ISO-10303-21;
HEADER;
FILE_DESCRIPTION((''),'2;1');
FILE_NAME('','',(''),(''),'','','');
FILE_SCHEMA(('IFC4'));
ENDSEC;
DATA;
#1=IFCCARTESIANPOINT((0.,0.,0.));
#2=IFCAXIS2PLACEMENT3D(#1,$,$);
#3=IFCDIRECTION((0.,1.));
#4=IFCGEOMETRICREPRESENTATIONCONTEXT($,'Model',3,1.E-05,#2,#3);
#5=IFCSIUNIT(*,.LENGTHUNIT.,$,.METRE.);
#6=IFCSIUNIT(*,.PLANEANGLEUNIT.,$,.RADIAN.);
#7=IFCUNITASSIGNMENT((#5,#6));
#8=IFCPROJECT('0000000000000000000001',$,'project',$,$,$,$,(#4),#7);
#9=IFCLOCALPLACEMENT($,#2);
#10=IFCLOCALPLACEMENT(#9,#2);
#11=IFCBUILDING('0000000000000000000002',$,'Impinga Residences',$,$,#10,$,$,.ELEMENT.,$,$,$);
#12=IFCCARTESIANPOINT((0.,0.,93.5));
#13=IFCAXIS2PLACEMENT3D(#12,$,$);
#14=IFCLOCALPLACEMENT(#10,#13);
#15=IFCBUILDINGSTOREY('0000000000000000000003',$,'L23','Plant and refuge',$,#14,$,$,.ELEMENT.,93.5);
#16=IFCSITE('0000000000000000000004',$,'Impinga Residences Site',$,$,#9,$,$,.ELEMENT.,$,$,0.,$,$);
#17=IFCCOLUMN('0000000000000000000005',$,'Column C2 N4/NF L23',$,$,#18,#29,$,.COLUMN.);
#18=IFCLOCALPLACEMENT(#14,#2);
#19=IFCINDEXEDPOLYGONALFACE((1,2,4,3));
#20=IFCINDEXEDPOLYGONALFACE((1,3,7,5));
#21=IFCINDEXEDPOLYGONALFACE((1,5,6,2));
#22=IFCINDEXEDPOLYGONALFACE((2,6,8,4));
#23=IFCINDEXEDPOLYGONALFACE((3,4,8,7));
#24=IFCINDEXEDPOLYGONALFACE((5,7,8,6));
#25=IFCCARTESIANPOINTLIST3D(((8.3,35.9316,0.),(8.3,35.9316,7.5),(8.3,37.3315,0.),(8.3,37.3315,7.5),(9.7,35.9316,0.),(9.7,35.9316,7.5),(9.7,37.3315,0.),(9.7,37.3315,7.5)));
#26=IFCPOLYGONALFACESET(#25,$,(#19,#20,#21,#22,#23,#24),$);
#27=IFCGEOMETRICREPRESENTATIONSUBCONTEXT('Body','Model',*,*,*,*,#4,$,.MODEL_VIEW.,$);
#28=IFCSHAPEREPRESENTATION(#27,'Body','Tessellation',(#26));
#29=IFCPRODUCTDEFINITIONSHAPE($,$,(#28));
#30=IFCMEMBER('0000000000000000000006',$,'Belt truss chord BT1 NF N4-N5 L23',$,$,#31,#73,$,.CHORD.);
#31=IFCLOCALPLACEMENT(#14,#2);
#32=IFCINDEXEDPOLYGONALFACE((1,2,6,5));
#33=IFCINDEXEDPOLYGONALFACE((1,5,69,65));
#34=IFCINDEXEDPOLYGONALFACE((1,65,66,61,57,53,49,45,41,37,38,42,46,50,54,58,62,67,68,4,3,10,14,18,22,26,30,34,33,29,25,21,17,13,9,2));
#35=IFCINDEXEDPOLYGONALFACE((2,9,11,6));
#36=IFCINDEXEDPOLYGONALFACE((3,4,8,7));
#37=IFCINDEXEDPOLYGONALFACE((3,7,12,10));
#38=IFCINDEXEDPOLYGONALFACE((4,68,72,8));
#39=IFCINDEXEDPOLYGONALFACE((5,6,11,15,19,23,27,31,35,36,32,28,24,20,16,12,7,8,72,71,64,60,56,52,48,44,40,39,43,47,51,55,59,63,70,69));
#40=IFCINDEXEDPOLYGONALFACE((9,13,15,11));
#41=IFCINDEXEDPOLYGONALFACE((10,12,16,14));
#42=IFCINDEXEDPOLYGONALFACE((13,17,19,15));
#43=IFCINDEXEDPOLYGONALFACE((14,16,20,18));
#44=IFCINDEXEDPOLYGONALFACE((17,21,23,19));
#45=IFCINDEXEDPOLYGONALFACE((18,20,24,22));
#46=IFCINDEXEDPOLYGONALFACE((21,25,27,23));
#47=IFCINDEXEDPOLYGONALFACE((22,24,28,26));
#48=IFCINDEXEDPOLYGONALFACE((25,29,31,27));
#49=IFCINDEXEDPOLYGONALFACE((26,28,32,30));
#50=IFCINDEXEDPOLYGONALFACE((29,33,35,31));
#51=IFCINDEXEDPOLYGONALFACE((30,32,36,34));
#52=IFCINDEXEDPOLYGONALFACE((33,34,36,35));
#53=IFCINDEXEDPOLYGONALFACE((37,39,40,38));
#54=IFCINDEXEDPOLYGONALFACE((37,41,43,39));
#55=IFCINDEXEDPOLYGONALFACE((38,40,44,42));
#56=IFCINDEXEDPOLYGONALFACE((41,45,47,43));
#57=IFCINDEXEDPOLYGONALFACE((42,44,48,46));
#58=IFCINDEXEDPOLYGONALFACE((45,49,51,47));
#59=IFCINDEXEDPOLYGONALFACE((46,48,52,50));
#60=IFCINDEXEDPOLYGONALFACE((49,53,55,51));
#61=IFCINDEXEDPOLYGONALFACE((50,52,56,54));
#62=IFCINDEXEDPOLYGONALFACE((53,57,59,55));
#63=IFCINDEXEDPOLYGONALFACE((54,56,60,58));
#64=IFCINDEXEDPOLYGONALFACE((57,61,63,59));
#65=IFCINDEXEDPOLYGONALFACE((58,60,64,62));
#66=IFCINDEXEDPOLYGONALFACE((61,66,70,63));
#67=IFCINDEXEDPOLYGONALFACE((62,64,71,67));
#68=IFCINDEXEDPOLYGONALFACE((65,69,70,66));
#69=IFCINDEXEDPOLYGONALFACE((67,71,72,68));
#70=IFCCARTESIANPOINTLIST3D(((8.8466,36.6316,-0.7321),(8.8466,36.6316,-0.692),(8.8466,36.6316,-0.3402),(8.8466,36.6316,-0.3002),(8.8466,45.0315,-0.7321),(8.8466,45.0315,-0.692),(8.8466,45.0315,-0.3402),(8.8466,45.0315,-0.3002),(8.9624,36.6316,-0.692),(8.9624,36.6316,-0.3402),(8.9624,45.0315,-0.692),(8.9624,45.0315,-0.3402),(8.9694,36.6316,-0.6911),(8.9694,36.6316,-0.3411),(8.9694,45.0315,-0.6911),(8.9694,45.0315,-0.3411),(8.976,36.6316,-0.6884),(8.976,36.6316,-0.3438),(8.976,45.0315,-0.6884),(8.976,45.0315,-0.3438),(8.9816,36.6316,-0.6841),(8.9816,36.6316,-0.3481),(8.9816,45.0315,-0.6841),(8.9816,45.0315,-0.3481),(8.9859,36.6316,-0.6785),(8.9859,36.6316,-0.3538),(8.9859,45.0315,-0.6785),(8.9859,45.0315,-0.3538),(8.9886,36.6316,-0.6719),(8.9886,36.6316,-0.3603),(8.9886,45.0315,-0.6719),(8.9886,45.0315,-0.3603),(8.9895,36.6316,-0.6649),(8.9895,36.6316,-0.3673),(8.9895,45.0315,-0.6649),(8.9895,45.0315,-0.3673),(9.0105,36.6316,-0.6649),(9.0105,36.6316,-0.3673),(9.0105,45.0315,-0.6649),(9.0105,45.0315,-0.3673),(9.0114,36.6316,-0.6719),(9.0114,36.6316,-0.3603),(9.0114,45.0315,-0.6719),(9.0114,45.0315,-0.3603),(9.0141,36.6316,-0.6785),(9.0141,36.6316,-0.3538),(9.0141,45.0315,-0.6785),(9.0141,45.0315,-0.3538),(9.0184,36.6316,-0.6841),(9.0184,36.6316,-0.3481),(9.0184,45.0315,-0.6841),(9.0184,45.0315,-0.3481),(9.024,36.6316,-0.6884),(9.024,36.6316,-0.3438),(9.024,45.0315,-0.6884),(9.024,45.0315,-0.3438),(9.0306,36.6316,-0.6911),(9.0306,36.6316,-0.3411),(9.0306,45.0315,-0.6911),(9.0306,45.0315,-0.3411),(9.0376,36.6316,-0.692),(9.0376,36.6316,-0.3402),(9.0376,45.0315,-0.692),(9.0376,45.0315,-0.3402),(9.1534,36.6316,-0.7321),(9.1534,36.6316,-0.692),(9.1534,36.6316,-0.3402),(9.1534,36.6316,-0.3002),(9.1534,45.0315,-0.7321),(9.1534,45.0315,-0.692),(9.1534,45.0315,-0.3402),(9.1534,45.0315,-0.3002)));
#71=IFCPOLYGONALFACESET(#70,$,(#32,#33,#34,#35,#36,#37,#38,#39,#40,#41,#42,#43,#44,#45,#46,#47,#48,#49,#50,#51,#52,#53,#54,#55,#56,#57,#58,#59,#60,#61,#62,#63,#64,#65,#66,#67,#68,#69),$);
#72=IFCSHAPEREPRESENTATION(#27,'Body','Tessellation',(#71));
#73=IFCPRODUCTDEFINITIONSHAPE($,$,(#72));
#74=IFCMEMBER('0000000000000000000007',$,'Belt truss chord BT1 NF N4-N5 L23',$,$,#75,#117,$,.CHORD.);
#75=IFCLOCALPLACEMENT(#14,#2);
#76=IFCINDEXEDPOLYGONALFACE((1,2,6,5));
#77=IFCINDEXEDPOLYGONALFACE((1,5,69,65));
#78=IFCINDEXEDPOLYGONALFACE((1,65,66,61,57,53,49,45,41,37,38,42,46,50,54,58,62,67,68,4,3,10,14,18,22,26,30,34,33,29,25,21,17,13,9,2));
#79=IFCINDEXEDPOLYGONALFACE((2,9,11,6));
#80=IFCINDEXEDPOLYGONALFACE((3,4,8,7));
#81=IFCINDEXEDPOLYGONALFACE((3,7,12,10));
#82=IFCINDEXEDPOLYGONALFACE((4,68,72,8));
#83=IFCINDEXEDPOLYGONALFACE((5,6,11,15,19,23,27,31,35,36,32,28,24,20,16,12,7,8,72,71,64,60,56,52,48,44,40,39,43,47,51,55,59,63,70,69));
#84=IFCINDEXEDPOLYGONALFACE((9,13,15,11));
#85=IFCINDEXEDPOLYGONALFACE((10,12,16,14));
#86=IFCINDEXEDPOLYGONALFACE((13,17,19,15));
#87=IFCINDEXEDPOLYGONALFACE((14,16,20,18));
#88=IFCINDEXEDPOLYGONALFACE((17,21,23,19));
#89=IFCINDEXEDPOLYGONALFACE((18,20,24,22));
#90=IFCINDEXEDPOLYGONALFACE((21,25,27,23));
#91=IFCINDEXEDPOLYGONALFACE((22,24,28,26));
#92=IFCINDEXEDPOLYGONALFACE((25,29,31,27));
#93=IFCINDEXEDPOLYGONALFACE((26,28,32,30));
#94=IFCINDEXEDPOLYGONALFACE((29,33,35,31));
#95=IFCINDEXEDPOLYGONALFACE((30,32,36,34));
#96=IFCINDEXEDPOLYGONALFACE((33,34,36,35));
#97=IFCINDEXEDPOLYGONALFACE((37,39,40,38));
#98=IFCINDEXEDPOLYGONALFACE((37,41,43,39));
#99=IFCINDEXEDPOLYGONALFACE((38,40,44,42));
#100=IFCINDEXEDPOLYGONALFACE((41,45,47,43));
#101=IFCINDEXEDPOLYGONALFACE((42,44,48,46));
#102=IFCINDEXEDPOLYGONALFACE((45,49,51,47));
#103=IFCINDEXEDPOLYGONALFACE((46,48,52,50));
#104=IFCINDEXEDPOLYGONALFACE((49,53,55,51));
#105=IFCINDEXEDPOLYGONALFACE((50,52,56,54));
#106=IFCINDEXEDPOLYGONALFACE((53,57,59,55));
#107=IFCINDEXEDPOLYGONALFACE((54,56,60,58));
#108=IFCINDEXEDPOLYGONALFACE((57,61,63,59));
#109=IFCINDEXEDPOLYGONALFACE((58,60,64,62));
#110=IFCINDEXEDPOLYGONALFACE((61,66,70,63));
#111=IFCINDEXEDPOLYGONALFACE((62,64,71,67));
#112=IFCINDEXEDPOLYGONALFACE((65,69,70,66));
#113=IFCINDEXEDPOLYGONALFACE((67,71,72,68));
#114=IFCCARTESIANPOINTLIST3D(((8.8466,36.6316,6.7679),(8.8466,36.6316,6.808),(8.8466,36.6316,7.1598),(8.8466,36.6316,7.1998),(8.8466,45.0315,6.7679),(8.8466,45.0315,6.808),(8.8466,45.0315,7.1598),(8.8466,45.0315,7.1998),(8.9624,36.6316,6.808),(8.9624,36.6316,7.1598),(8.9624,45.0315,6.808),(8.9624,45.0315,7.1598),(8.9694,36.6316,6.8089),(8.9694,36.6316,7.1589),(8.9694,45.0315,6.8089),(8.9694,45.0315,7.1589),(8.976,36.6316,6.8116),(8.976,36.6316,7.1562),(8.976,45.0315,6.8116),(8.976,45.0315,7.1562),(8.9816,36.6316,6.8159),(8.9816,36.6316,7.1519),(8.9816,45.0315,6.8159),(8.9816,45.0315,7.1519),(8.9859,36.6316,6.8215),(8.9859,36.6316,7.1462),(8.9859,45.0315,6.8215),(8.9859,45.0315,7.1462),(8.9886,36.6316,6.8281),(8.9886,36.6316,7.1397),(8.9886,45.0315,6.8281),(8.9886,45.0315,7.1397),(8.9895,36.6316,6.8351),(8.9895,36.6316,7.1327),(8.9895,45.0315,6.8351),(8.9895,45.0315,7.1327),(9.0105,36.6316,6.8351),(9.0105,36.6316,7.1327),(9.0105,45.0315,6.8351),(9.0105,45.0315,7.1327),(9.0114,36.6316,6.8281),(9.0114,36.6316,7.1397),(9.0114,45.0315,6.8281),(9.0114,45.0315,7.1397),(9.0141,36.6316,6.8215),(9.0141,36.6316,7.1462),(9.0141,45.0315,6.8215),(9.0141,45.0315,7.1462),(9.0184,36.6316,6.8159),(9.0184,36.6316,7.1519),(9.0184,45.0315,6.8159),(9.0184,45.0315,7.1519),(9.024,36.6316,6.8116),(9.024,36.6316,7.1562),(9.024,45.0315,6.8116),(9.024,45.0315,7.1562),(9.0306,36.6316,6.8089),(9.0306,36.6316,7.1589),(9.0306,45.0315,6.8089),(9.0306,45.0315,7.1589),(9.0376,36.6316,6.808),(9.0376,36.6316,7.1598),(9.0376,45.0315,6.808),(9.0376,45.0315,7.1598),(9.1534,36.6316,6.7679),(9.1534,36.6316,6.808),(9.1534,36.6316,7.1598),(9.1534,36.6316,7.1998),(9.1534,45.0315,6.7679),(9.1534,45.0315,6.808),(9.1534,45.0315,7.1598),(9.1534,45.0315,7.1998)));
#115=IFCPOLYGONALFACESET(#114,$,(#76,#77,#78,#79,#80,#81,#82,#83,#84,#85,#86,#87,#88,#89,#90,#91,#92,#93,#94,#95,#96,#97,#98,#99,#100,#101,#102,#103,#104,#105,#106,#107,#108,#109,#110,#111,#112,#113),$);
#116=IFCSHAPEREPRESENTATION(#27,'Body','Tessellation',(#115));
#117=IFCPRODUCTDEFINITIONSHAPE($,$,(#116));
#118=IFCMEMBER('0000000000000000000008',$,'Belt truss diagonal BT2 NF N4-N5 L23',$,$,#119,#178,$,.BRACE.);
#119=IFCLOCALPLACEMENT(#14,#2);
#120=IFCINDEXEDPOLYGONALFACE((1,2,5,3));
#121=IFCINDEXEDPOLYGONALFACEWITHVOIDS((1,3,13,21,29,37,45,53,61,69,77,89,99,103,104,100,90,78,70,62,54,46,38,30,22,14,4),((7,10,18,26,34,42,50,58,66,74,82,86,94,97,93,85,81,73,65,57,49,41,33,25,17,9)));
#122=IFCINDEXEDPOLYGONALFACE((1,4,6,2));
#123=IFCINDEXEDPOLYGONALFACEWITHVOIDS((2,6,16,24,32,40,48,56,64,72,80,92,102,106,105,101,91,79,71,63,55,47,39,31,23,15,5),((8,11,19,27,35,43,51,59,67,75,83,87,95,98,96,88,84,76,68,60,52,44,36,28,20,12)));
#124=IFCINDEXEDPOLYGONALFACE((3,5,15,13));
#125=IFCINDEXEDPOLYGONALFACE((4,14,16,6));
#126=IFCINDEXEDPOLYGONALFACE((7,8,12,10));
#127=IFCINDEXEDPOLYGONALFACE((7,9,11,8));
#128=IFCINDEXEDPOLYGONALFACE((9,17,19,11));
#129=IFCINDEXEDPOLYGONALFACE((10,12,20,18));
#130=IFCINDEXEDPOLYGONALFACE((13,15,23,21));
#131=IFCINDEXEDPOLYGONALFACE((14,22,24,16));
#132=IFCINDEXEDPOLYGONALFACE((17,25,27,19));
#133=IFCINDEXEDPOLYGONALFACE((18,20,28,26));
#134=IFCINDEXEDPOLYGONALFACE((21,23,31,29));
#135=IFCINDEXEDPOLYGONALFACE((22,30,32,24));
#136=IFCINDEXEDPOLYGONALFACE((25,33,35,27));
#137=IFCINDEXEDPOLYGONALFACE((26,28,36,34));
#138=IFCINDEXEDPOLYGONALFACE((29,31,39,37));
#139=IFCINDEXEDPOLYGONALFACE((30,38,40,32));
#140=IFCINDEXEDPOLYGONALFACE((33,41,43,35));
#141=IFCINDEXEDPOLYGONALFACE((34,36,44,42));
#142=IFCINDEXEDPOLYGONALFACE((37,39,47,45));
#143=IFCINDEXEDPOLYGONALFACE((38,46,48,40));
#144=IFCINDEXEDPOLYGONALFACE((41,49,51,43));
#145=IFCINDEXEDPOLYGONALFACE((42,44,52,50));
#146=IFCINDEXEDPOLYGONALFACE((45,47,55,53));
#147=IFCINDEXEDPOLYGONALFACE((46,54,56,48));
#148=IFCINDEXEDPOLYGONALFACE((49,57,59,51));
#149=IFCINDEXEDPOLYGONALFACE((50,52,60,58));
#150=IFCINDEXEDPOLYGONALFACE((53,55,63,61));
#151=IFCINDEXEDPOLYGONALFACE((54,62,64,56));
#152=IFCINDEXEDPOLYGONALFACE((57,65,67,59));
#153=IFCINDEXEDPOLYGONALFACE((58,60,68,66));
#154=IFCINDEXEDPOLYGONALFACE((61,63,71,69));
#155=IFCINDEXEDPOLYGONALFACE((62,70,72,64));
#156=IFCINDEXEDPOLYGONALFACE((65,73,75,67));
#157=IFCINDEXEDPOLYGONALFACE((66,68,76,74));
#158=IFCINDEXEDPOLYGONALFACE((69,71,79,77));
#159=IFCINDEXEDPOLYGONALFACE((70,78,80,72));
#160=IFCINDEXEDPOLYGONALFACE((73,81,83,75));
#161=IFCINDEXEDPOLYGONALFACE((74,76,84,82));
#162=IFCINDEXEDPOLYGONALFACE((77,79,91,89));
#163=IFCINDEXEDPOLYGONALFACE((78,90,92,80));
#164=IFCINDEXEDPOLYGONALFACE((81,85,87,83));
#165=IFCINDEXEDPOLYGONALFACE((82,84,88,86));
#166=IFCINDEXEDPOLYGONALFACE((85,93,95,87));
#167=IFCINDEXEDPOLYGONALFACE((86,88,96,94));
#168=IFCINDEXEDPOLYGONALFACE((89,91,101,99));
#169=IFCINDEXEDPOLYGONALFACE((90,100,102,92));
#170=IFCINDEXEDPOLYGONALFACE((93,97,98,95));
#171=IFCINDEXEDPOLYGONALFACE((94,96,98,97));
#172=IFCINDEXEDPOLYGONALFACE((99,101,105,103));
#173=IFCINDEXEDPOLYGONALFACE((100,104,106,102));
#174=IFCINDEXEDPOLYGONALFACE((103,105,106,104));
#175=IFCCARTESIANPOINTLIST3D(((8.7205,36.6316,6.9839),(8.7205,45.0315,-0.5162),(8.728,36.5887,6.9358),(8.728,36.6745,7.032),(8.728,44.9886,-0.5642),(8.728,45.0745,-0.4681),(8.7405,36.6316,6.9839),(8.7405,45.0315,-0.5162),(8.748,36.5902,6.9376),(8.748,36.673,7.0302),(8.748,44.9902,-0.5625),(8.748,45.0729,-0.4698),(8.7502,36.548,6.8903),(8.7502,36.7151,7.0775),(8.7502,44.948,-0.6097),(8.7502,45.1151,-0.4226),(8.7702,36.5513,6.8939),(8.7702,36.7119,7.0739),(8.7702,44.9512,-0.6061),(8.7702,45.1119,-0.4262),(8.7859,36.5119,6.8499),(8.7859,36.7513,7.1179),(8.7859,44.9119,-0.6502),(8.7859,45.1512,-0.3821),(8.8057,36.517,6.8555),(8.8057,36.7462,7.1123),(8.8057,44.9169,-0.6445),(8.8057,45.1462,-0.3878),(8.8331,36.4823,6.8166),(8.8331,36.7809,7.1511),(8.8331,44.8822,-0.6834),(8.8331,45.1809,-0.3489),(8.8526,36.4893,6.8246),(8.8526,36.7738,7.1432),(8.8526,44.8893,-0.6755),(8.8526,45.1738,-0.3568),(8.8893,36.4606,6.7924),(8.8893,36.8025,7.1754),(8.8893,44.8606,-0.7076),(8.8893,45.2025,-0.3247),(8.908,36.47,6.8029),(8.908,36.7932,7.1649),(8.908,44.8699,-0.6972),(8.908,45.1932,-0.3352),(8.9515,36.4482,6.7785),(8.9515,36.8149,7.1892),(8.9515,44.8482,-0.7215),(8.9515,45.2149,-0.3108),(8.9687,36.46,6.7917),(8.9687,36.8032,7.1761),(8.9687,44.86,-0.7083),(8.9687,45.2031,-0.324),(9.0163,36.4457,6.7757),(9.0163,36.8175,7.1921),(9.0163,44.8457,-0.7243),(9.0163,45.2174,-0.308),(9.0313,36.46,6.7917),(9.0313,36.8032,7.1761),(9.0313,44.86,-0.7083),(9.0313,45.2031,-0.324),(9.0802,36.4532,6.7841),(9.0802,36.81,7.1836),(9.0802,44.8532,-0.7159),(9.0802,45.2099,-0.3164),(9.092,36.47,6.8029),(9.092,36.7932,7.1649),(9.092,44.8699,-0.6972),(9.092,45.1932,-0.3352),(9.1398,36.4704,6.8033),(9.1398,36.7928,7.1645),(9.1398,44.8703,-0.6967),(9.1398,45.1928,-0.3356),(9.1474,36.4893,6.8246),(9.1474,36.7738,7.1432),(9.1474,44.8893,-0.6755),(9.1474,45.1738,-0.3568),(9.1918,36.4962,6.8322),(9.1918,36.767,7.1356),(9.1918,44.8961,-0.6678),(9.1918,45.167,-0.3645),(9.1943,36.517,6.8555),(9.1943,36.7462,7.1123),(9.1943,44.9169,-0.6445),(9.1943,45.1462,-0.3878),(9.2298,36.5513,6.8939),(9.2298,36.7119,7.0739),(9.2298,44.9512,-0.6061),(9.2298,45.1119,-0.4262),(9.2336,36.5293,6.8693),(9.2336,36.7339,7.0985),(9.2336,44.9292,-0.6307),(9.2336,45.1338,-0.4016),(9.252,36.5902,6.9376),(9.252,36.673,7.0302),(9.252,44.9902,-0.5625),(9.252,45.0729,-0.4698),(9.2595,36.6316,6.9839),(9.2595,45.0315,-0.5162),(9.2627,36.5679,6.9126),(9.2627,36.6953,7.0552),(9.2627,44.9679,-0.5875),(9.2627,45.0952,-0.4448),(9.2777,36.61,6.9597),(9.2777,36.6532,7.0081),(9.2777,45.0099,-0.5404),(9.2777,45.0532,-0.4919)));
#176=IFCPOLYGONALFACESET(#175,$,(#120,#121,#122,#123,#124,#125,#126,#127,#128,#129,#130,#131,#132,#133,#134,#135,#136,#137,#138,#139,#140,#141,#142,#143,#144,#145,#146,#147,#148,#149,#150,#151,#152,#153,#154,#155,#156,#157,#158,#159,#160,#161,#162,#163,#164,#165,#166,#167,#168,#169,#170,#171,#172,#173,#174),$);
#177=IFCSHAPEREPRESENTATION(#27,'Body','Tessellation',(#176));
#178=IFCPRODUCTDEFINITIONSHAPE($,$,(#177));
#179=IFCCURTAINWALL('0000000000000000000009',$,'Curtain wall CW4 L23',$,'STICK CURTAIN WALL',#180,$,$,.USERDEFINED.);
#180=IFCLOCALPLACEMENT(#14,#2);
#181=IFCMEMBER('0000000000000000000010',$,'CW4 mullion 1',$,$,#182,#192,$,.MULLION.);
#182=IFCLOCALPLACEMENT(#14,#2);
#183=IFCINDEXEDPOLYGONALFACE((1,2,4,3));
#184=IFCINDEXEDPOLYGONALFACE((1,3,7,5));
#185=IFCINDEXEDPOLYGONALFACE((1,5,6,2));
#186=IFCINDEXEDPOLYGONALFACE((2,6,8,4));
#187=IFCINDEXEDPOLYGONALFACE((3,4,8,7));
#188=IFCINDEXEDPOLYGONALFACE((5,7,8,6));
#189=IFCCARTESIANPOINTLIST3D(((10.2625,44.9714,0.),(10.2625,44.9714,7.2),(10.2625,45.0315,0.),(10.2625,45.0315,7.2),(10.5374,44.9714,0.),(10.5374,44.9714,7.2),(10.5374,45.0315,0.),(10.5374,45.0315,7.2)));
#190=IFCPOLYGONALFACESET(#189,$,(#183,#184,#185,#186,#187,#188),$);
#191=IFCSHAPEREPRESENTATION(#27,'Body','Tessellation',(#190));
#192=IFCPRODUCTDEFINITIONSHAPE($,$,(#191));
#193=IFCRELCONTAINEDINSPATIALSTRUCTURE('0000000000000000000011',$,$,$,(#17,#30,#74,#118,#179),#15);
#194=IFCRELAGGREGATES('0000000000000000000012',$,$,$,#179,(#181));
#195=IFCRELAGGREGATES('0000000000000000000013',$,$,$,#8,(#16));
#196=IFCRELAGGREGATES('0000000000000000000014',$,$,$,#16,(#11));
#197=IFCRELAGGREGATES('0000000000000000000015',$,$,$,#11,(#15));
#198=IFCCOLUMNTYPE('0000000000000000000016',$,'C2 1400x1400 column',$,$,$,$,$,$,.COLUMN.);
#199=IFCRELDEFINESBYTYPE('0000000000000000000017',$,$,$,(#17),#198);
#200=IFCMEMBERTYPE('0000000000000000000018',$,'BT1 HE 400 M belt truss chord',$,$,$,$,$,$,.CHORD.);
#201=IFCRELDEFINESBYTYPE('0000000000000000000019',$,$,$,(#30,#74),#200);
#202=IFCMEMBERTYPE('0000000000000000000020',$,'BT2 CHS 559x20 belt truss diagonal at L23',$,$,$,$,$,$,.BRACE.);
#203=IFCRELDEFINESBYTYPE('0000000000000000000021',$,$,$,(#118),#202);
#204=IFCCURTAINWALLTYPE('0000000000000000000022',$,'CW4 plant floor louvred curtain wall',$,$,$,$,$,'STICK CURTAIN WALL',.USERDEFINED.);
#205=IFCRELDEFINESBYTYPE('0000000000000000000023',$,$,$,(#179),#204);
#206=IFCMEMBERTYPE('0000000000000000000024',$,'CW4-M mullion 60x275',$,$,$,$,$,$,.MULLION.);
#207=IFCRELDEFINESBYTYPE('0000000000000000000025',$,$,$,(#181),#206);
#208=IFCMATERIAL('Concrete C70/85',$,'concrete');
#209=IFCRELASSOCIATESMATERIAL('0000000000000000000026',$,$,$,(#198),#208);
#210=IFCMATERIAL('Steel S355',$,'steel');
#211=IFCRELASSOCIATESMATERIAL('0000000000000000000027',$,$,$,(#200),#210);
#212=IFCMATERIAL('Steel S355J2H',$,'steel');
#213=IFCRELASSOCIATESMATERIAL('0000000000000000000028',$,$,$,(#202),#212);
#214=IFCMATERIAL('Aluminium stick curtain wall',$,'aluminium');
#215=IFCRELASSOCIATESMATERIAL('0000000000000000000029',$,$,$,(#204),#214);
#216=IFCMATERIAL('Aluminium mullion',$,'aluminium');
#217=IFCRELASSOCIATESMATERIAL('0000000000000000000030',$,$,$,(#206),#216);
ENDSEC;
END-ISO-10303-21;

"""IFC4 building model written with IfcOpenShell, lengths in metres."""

from ifc_helpers import new_model, si_unit, direction, frame, origin, origin_2d, place, context, subcontext, project, spatial, rectangle, hollow_circle, i_section, extrude, material, material_profile, profile_set, type_object, element, aggregate, save


model = new_model("IFC4")

# Units and contexts
model_context = context("Model", 3, precision=1e-05, world=origin(), true_north=direction((0.0, 1.0)))
body_context = subcontext(model_context, "Body", "Model", "MODEL_VIEW")
ifc_project = project(units=[si_unit("LENGTHUNIT", "METRE"), si_unit("PLANEANGLEUNIT", "RADIAN")], contexts=[model_context])

# Site, building, storey
site_placement = place(None, origin())
site = spatial("IfcSite", under=ifc_project, at=site_placement, Name="Impinga Residences Site", CompositionType="ELEMENT", RefElevation=0.0)
building_placement = place(site_placement, origin())
building = spatial("IfcBuilding", under=site, at=building_placement, Name="Impinga Residences", CompositionType="ELEMENT")
storey_placement = place(building_placement, frame((0.0, 0.0, 93.5)))
storey = spatial("IfcBuildingStorey", under=building, at=storey_placement, Name="L23", Description="Plant and refuge", CompositionType="ELEMENT", Elevation=93.5)

# Column
ifc_material_1 = material(Name="Concrete C70/85", Category="concrete")
ifc_material_profile_1 = material_profile(ifc_material_1, rectangle(XDim=1.3999, YDim=1.3999, at=origin_2d()), Name="RC 1400x1400")
ifc_profile_set_1 = profile_set([ifc_material_profile_1], Name="Concrete C70/85")
column_type = type_object("IfcColumnType", Name="C2 1400x1400 column", PredefinedType="COLUMN", material=ifc_profile_set_1)
column_placement = place(storey_placement, frame((9.0, 36.6316, 0.0), z_axis=(0.0, 0.0, 1.0), x_axis=(1.0, 0.0, 0.0)))
element("IfcColumn", 1, at=column_placement, inside=storey, type_object=column_type, Name="Column C2 N4/NF L23", PredefinedType="COLUMN", context=body_context, shape_type="SweptSolid", body=[
    extrude(rectangle(XDim=1.3999, YDim=1.3999, at=origin_2d()), origin(), (0.0, 0.0, 1.0), 7.5),
])

# Members
ifc_material_2 = material(Name="Steel S355", Category="steel")
ifc_material_profile_2 = material_profile(ifc_material_2, i_section(OverallWidth=0.3069, OverallDepth=0.4319, WebThickness=0.021, FlangeThickness=0.04, FilletRadius=0.0271, at=origin_2d()), Name="HE 400 M")
ifc_profile_set_2 = profile_set([ifc_material_profile_2], Name="Steel S355")
member_type_1 = type_object("IfcMemberType", Name="BT1 HE 400 M belt truss chord", PredefinedType="CHORD", material=ifc_profile_set_2)
for number, where, z_axis, x_axis, name in (
    (2, (9.0, 36.6316, -0.5161), (0.0, 1.0, 0.0), (-1.0, 0.0, 0.0), "Belt truss chord BT1 NF N4-N5 L23"),
    (3, (9.0, 36.6316, 6.9839), (0.0, 1.0, 0.0), (-1.0, 0.0, 0.0), "Belt truss chord BT1 NF N4-N5 L23"),
):
    element("IfcMember", number, at=place(storey_placement, frame(where, z_axis=z_axis, x_axis=x_axis)), inside=storey, type_object=member_type_1, Name=name, PredefinedType="CHORD", context=body_context, shape_type="SweptSolid", body=[
        extrude(i_section(OverallWidth=0.3069, OverallDepth=0.4319, WebThickness=0.021, FlangeThickness=0.04, FilletRadius=0.0271, at=origin_2d()), origin(), (0.0, 0.0, 1.0), 8.3999),
    ])
ifc_material_3 = material(Name="Steel S355J2H", Category="steel")
ifc_material_profile_3 = material_profile(ifc_material_3, hollow_circle(Radius=0.2795, WallThickness=0.02, at=origin_2d()), Name="CHS 559x20")
ifc_profile_set_3 = profile_set([ifc_material_profile_3], Name="Steel S355J2H")
member_type_2 = type_object("IfcMemberType", Name="BT2 CHS 559x20 belt truss diagonal at L23", PredefinedType="BRACE", material=ifc_profile_set_3)
member_1_placement = place(storey_placement, frame((9.0, 36.6316, 6.9839), z_axis=(0.0, 0.745934, -0.66602), x_axis=(-1.0, 0.0, 0.0)))
element("IfcMember", 4, at=member_1_placement, inside=storey, type_object=member_type_2, Name="Belt truss diagonal BT2 NF N4-N5 L23", PredefinedType="BRACE", context=body_context, shape_type="SweptSolid", body=[
    extrude(hollow_circle(Radius=0.2795, WallThickness=0.02, at=origin_2d()), origin(), (0.0, 0.0, 1.0), 11.261),
])

# Curtain wall, member
ifc_material_4 = material(Name="Aluminium stick curtain wall", Category="aluminium")
curtain_wall_type = type_object("IfcCurtainWallType", Name="CW4 plant floor louvred curtain wall", ElementType="STICK CURTAIN WALL", PredefinedType="USERDEFINED", material=ifc_material_4)
curtain_wall_placement = place(storey_placement, origin())
curtain_wall = element("IfcCurtainWall", 5, at=curtain_wall_placement, inside=storey, type_object=curtain_wall_type, Name="Curtain wall CW4 L23", ObjectType="STICK CURTAIN WALL", PredefinedType="USERDEFINED")
ifc_material_5 = material(Name="Aluminium mullion", Category="aluminium")
ifc_material_profile_4 = material_profile(ifc_material_5, rectangle(XDim=0.0601, YDim=0.2749, at=origin_2d()), Name="60x275 mullion")
ifc_profile_set_4 = profile_set([ifc_material_profile_4], Name="Aluminium mullion")
member_type_3 = type_object("IfcMemberType", Name="CW4-M mullion 60x275", PredefinedType="MULLION", material=ifc_profile_set_4)
member_2_placement = place(storey_placement, frame((10.3999, 45.0015, 0.0), z_axis=(0.0, 0.0, 1.0), x_axis=(0.0, -1.0, 0.0)))
member_2 = element("IfcMember", 6, at=member_2_placement, type_object=member_type_3, Name="CW4 mullion 1", PredefinedType="MULLION", context=body_context, shape_type="SweptSolid", body=[
    extrude(rectangle(XDim=0.0601, YDim=0.2749, at=origin_2d()), origin(), (0.0, 0.0, 1.0), 7.2),
])
aggregate(curtain_wall, [member_2])

save(model, "model.ifc")
